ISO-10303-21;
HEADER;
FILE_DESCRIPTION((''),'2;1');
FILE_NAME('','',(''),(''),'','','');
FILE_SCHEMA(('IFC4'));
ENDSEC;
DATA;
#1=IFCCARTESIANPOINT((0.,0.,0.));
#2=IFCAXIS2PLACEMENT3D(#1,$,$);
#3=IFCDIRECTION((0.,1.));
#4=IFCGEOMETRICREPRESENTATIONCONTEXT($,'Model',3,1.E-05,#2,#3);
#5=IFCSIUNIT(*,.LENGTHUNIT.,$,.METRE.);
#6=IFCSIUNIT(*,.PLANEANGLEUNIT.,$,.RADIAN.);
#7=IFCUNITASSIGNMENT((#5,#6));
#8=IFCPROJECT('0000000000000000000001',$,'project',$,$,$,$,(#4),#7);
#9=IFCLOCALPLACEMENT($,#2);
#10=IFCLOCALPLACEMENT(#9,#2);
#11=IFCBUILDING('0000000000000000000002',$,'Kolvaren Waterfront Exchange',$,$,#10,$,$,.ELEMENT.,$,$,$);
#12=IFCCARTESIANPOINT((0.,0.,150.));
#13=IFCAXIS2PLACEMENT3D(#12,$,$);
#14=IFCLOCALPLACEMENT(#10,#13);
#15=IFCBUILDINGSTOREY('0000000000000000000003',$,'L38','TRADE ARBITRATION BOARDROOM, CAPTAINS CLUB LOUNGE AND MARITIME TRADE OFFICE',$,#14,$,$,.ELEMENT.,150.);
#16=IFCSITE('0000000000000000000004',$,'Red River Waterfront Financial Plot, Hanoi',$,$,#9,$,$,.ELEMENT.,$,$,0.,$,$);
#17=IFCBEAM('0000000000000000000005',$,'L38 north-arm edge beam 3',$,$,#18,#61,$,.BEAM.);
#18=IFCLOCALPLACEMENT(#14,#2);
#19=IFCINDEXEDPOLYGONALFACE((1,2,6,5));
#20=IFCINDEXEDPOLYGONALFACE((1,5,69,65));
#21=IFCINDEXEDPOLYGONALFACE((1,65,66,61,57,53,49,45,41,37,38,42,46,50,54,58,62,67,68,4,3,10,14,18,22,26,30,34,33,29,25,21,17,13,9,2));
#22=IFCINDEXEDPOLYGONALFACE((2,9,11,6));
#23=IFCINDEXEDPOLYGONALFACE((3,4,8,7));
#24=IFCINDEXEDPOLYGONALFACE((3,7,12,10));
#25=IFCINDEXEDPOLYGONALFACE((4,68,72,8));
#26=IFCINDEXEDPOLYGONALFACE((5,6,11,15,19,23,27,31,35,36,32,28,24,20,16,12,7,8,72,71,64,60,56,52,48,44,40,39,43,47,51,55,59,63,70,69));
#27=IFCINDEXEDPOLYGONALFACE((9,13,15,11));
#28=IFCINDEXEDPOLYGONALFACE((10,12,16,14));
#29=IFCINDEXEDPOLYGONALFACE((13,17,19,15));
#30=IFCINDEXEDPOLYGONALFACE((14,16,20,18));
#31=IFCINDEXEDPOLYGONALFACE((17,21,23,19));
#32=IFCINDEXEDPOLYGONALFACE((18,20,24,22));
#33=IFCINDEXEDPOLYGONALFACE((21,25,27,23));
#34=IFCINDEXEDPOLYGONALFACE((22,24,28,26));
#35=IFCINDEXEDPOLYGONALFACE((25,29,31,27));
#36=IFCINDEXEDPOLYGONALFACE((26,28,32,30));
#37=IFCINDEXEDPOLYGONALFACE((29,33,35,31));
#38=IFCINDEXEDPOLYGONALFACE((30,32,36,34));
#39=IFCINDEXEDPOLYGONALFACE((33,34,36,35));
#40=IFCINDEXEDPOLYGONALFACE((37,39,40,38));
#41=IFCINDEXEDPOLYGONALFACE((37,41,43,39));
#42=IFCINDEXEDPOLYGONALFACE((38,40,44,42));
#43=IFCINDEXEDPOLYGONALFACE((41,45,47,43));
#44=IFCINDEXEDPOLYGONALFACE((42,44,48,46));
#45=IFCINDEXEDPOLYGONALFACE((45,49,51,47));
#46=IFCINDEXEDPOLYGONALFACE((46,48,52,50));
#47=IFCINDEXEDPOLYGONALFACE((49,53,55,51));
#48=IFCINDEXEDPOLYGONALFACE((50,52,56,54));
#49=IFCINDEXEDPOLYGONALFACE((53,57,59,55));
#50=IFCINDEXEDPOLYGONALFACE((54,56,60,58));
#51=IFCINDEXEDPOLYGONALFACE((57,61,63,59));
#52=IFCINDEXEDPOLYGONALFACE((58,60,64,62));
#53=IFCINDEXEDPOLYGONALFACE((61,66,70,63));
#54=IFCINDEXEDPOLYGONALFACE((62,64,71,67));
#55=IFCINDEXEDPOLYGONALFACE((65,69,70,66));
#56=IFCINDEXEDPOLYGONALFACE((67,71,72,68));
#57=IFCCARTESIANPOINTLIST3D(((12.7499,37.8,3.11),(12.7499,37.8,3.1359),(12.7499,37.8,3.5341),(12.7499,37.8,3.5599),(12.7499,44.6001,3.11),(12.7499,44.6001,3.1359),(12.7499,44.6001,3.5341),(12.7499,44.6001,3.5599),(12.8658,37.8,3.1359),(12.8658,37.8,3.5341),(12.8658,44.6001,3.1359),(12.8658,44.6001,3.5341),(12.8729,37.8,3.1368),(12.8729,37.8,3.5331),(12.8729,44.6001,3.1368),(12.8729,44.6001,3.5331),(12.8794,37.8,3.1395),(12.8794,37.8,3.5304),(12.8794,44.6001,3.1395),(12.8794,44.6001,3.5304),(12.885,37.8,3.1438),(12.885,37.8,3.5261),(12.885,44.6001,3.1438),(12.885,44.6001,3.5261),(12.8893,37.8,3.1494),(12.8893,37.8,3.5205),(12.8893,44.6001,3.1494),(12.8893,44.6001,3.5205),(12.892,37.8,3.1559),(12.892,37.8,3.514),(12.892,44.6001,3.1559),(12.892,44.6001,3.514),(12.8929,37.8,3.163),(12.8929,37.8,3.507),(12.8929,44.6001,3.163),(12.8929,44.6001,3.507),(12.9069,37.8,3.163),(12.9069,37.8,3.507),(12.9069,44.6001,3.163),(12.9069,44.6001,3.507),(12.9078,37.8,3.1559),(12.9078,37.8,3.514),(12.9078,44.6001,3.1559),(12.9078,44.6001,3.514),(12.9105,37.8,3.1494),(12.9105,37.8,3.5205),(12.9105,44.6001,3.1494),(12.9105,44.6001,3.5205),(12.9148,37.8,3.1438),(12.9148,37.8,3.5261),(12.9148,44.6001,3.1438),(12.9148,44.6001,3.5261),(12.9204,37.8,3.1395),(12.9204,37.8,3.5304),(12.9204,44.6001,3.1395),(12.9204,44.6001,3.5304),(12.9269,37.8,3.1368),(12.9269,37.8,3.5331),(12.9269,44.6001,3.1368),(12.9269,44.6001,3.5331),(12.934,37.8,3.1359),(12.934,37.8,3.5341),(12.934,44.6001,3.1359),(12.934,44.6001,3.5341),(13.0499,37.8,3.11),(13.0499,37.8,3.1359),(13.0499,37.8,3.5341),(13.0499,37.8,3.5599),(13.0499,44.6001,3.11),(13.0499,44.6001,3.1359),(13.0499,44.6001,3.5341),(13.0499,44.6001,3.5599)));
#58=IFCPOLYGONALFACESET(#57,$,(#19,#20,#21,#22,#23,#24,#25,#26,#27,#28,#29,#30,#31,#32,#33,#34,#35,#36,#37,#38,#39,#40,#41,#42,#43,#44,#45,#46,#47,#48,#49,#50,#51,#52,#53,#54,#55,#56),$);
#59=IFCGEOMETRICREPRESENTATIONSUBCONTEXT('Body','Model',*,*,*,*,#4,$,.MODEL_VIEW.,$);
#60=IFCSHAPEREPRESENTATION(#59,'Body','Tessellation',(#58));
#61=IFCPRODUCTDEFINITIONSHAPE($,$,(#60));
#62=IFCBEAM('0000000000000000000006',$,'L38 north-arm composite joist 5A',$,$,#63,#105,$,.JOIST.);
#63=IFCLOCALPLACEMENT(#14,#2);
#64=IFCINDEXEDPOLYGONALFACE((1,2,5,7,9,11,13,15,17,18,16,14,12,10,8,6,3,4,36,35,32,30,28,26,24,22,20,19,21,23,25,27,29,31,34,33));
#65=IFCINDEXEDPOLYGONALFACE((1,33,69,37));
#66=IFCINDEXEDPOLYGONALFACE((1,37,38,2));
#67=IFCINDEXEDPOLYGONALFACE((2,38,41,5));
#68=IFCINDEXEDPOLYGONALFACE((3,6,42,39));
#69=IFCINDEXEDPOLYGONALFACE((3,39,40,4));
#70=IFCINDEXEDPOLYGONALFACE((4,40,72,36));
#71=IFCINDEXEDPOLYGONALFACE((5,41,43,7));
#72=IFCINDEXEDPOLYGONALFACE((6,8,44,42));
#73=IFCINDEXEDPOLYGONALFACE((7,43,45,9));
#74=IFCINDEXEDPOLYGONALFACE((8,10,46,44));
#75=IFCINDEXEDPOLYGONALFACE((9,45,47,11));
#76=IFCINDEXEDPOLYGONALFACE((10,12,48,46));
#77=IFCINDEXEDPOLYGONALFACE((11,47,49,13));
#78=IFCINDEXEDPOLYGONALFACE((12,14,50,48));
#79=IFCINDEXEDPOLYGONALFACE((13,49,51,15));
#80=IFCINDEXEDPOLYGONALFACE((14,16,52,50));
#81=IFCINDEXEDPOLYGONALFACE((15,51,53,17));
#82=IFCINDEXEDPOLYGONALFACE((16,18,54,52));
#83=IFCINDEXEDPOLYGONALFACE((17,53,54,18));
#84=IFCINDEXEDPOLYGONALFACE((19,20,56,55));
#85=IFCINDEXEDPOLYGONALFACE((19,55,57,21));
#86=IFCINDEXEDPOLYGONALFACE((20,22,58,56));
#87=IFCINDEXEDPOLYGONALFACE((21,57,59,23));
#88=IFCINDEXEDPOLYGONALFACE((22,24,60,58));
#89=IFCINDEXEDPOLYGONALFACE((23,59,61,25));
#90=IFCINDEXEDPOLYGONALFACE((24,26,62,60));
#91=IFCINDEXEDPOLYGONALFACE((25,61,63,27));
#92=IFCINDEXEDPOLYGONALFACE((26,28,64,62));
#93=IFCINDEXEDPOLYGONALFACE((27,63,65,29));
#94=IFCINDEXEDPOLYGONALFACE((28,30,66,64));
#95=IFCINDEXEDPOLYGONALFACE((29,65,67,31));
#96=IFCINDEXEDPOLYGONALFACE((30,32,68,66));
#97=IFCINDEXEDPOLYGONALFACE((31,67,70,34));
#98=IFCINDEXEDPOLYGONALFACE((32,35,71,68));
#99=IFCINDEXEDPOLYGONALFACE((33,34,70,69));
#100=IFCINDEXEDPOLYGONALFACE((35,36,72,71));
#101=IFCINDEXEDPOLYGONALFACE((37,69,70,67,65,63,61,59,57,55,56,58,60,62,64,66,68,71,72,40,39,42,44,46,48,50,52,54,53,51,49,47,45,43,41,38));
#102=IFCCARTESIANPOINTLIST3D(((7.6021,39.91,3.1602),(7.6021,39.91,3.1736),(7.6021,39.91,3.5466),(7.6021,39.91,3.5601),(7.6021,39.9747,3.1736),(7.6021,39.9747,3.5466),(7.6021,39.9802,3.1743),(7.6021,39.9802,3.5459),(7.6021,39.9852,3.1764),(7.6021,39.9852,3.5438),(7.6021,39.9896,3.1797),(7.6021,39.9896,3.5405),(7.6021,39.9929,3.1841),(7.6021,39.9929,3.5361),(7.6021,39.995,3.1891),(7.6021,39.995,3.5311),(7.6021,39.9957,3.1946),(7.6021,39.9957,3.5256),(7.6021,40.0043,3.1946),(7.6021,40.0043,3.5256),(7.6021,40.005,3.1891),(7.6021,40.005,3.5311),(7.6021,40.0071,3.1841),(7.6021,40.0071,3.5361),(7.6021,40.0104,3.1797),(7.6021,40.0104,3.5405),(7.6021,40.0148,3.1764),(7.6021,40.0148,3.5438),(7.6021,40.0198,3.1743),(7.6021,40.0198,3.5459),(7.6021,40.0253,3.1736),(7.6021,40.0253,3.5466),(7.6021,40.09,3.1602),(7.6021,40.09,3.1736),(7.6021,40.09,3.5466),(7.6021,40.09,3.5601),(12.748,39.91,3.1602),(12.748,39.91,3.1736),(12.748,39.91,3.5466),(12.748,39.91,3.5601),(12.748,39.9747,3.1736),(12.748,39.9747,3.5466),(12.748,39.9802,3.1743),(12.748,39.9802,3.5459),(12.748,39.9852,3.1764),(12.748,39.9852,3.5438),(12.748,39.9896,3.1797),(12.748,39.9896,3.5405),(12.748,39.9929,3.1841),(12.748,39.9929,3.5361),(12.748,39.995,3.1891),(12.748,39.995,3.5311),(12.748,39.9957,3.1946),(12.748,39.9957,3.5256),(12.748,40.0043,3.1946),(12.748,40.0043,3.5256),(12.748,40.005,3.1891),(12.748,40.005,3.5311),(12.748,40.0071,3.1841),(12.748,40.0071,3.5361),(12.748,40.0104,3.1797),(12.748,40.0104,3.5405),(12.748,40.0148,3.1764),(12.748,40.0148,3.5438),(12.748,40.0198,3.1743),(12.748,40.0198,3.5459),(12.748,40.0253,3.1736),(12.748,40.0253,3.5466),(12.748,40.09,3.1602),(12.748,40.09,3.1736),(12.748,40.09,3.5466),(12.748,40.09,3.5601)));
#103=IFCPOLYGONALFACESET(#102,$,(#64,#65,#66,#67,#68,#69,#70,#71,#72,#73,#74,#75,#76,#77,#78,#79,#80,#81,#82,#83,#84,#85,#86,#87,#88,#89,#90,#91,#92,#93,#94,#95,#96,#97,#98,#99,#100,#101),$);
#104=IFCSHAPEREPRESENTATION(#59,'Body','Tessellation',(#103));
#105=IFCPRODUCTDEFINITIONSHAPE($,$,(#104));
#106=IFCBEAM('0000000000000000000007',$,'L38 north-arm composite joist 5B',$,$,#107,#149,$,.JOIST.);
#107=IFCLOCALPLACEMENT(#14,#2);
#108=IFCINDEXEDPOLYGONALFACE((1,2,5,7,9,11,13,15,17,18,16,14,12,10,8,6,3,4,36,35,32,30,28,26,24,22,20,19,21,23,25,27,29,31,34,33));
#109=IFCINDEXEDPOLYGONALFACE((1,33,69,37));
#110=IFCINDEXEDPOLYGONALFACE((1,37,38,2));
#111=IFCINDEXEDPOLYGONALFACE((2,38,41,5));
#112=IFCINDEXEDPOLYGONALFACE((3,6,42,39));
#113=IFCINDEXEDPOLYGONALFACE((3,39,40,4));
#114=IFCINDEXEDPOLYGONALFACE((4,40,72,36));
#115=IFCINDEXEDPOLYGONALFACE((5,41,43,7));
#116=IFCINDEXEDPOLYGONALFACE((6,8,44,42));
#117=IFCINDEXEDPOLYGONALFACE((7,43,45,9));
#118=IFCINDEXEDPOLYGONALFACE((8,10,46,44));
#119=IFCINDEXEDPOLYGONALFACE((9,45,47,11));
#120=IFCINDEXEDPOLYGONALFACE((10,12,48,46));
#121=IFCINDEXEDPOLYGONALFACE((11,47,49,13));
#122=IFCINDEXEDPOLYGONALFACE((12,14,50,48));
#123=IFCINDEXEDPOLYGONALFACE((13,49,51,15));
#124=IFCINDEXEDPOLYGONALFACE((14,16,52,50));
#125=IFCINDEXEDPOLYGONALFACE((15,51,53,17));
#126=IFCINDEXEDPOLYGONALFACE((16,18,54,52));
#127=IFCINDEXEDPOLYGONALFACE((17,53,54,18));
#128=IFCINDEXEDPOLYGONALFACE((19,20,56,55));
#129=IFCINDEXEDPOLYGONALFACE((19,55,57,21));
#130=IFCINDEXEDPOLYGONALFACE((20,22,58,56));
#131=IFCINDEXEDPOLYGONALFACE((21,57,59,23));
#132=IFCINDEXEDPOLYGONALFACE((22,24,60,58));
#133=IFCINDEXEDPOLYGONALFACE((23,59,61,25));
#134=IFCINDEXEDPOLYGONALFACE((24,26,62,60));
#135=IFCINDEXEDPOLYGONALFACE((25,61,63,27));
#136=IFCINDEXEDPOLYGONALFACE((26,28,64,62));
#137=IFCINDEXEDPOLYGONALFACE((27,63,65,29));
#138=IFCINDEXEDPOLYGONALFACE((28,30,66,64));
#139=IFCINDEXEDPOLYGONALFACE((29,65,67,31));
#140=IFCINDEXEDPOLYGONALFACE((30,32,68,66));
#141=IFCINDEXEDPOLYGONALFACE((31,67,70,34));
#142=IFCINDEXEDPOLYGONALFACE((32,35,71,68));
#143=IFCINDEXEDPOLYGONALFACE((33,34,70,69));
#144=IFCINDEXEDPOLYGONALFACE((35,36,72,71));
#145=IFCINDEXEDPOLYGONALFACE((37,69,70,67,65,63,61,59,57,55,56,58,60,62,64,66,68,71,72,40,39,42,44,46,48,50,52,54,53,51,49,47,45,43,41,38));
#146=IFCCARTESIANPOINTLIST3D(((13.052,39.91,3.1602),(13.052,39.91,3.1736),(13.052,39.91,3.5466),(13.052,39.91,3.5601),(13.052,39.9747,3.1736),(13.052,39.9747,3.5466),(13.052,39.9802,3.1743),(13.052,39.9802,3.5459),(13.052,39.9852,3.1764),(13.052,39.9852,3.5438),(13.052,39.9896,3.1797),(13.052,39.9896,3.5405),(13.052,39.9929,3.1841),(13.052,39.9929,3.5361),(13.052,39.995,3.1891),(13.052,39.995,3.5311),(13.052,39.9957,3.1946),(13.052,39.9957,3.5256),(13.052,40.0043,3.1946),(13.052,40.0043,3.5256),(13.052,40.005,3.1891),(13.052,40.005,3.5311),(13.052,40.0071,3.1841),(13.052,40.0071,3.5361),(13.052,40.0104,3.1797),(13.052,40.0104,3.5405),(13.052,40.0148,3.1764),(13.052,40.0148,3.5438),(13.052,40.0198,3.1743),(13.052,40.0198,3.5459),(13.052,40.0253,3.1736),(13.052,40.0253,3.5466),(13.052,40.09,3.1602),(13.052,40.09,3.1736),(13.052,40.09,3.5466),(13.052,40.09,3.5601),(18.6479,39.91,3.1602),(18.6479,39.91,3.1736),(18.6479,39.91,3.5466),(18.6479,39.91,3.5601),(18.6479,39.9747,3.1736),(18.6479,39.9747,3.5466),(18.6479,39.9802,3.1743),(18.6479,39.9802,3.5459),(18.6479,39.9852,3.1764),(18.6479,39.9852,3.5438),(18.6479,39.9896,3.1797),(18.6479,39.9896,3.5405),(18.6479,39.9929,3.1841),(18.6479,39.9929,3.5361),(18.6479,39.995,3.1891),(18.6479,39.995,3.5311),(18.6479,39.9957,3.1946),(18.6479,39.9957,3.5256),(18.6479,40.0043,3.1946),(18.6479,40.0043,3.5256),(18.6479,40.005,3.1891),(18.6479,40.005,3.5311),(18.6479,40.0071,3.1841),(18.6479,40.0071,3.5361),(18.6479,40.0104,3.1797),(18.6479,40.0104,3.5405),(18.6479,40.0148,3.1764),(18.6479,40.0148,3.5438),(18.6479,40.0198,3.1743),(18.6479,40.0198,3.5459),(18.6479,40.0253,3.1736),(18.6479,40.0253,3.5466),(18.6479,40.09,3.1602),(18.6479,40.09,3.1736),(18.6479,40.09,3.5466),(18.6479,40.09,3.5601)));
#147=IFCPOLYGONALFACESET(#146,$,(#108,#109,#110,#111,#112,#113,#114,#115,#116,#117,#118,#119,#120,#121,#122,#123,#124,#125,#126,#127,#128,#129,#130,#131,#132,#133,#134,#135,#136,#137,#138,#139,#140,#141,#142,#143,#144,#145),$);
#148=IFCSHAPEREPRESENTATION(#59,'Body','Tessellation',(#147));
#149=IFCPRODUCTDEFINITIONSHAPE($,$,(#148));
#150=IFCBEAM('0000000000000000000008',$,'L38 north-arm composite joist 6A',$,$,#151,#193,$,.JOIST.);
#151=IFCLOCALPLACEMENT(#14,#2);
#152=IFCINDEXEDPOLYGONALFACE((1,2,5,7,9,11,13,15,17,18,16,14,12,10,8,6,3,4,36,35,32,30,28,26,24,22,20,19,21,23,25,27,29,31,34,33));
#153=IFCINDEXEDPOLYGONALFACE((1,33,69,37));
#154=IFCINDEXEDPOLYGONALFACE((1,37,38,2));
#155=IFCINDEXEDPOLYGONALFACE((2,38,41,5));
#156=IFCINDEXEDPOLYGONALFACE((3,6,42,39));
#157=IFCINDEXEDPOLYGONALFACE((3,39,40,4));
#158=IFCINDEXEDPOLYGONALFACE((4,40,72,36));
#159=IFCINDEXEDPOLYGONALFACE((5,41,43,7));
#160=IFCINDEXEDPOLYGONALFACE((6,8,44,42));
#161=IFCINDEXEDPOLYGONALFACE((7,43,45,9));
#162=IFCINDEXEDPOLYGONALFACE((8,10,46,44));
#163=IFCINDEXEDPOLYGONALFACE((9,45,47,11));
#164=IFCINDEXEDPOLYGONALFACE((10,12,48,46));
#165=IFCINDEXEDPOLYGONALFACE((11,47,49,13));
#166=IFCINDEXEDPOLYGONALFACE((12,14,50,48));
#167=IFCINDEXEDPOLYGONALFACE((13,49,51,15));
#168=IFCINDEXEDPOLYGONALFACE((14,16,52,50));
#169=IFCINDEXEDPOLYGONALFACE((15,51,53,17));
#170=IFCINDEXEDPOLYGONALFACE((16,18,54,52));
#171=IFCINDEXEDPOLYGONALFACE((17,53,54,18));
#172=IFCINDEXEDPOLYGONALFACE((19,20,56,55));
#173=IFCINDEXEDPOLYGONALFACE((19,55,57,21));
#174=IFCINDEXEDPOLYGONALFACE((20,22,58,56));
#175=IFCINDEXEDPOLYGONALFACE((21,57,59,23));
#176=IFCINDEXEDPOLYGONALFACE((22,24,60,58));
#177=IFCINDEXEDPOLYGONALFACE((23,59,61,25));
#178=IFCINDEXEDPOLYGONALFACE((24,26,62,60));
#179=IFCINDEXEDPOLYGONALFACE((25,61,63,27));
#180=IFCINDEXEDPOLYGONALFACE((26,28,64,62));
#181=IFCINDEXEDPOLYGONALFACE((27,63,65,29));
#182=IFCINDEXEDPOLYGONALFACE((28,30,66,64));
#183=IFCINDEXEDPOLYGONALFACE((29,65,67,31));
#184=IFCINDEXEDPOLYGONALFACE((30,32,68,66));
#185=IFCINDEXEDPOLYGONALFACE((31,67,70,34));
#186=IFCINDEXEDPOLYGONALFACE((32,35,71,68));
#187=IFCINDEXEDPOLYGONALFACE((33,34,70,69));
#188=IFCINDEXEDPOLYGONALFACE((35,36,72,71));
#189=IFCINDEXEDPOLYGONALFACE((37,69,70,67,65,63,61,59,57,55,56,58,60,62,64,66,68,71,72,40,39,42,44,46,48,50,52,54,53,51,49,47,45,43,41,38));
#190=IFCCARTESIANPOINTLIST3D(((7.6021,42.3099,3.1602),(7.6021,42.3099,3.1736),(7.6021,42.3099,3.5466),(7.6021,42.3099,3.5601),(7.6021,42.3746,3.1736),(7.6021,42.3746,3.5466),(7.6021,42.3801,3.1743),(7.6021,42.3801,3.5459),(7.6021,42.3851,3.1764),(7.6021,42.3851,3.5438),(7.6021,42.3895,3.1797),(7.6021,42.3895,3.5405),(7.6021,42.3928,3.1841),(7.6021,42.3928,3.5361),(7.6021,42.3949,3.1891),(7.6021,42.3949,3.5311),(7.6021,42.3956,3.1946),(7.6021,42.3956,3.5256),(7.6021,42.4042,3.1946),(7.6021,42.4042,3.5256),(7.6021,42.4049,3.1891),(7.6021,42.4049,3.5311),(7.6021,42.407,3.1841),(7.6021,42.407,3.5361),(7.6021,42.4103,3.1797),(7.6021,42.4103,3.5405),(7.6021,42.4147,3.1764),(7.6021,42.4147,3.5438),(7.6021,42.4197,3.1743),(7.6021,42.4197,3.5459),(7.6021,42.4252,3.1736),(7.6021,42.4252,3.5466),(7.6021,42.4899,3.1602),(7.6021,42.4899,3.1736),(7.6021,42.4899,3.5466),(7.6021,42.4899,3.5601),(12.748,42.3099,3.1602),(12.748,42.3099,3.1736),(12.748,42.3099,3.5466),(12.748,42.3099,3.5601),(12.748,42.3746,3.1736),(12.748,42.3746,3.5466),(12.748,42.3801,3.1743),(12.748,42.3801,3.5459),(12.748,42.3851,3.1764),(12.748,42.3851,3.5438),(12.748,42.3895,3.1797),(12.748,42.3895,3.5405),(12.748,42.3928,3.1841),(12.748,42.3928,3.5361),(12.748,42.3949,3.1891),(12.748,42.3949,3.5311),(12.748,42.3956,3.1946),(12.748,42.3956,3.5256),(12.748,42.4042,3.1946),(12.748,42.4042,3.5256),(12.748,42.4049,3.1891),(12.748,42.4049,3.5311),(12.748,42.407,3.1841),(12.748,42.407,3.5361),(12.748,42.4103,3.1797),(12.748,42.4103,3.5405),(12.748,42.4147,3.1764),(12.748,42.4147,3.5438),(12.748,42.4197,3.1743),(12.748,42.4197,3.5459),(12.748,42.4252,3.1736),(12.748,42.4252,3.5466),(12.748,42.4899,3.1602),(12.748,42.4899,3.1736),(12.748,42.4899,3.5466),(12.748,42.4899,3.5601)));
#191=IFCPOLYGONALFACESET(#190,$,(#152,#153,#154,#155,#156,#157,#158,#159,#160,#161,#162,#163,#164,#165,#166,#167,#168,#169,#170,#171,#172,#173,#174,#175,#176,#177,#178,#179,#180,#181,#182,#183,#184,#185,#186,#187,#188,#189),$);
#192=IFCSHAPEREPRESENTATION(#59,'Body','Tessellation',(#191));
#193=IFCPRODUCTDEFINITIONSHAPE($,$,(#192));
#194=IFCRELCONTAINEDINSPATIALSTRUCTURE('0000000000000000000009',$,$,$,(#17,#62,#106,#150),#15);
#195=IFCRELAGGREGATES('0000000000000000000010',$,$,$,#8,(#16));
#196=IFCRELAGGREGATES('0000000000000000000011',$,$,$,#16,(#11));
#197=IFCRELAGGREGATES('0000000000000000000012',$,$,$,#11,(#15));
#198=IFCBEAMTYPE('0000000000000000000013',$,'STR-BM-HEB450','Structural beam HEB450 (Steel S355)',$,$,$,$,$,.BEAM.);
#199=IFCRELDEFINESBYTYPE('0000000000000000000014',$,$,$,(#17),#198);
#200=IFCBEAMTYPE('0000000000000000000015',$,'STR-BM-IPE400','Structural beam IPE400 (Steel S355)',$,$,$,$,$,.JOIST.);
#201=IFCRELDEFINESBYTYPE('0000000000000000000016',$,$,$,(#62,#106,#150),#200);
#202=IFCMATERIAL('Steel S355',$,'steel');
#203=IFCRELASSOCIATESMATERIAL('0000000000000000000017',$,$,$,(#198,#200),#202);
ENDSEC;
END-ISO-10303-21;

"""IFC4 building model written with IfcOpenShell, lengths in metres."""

from ifc_helpers import new_model, si_unit, direction, frame, origin, origin_2d, place, context, subcontext, project, spatial, i_section, extrude, material, material_profile, profile_set, type_object, element, save


model = new_model("IFC4")

# Units and contexts
model_context = context("Model", 3, precision=1e-05, world=origin(), true_north=direction((0.0, 1.0)))
body_context = subcontext(model_context, "Body", "Model", "MODEL_VIEW")
ifc_project = project(units=[si_unit("LENGTHUNIT", "METRE"), si_unit("PLANEANGLEUNIT", "RADIAN")], contexts=[model_context])

# Site, building, storey
site_placement = place(None, origin())
site = spatial("IfcSite", under=ifc_project, at=site_placement, Name="Red River Waterfront Financial Plot, Hanoi", CompositionType="ELEMENT", RefElevation=0.0)
building_placement = place(site_placement, origin())
building = spatial("IfcBuilding", under=site, at=building_placement, Name="Kolvaren Waterfront Exchange", CompositionType="ELEMENT")
storey_placement = place(building_placement, frame((0.0, 0.0, 150.0)))
storey = spatial("IfcBuildingStorey", under=building, at=storey_placement, Name="L38", Description="TRADE ARBITRATION BOARDROOM, CAPTAINS CLUB LOUNGE AND MARITIME TRADE OFFICE", CompositionType="ELEMENT", Elevation=150.0)

# Beams
ifc_material_1 = material(Name="Steel S355", Category="steel")
ifc_material_profile_1 = material_profile(ifc_material_1, i_section(OverallWidth=0.3, OverallDepth=0.45, WebThickness=0.0139, FlangeThickness=0.0259, FilletRadius=0.0271, at=origin_2d()), Name="HEB450")
ifc_profile_set_1 = profile_set([ifc_material_profile_1], Name="Steel S355")
beam_type_1 = type_object("IfcBeamType", Name="STR-BM-HEB450", Description="Structural beam HEB450 (Steel S355)", PredefinedType="BEAM", material=ifc_profile_set_1)
beam_1_placement = place(storey_placement, frame((12.8999, 37.8, 3.335), z_axis=(0.0, 1.0, 0.0), x_axis=(-1.0, 0.0, 0.0)))
element("IfcBeam", 1, at=beam_1_placement, inside=storey, type_object=beam_type_1, Name="L38 north-arm edge beam 3", PredefinedType="BEAM", context=body_context, shape_type="SweptSolid", body=[
    extrude(i_section(OverallWidth=0.3, OverallDepth=0.45, WebThickness=0.0139, FlangeThickness=0.0259, FilletRadius=0.0271, at=origin_2d()), origin(), (0.0, 0.0, 1.0), 6.8),
])
ifc_material_profile_2 = material_profile(ifc_material_1, i_section(OverallWidth=0.1799, OverallDepth=0.3999, WebThickness=0.0085, FlangeThickness=0.0134, FilletRadius=0.021, at=origin_2d()), Name="IPE400")
ifc_profile_set_2 = profile_set([ifc_material_profile_2], Name="Steel S355")
beam_type_2 = type_object("IfcBeamType", Name="STR-BM-IPE400", Description="Structural beam IPE400 (Steel S355)", PredefinedType="JOIST", material=ifc_profile_set_2)
beam_2_placement = place(storey_placement, frame((7.6021, 40.0, 3.3601), z_axis=(1.0, 0.0, 0.0), x_axis=(0.0, 1.0, 0.0)))
element("IfcBeam", 2, at=beam_2_placement, inside=storey, type_object=beam_type_2, Name="L38 north-arm composite joist 5A", PredefinedType="JOIST", context=body_context, shape_type="SweptSolid", body=[
    extrude(i_section(OverallWidth=0.1799, OverallDepth=0.3999, WebThickness=0.0085, FlangeThickness=0.0134, FilletRadius=0.021, at=origin_2d()), origin(), (0.0, 0.0, 1.0), 5.146),
])
beam_3_placement = place(storey_placement, frame((13.052, 40.0, 3.3601), z_axis=(1.0, 0.0, 0.0), x_axis=(0.0, 1.0, 0.0)))
element("IfcBeam", 3, at=beam_3_placement, inside=storey, type_object=beam_type_2, Name="L38 north-arm composite joist 5B", PredefinedType="JOIST", context=body_context, shape_type="SweptSolid", body=[
    extrude(i_section(OverallWidth=0.1799, OverallDepth=0.3999, WebThickness=0.0085, FlangeThickness=0.0134, FilletRadius=0.021, at=origin_2d()), origin(), (0.0, 0.0, 1.0), 5.5959),
])
beam_4_placement = place(storey_placement, frame((7.6021, 42.3999, 3.3601), z_axis=(1.0, 0.0, 0.0), x_axis=(0.0, 1.0, 0.0)))
element("IfcBeam", 4, at=beam_4_placement, inside=storey, type_object=beam_type_2, Name="L38 north-arm composite joist 6A", PredefinedType="JOIST", context=body_context, shape_type="SweptSolid", body=[
    extrude(i_section(OverallWidth=0.1799, OverallDepth=0.3999, WebThickness=0.0085, FlangeThickness=0.0134, FilletRadius=0.021, at=origin_2d()), origin(), (0.0, 0.0, 1.0), 5.146),
])

save(model, "model.ifc")
